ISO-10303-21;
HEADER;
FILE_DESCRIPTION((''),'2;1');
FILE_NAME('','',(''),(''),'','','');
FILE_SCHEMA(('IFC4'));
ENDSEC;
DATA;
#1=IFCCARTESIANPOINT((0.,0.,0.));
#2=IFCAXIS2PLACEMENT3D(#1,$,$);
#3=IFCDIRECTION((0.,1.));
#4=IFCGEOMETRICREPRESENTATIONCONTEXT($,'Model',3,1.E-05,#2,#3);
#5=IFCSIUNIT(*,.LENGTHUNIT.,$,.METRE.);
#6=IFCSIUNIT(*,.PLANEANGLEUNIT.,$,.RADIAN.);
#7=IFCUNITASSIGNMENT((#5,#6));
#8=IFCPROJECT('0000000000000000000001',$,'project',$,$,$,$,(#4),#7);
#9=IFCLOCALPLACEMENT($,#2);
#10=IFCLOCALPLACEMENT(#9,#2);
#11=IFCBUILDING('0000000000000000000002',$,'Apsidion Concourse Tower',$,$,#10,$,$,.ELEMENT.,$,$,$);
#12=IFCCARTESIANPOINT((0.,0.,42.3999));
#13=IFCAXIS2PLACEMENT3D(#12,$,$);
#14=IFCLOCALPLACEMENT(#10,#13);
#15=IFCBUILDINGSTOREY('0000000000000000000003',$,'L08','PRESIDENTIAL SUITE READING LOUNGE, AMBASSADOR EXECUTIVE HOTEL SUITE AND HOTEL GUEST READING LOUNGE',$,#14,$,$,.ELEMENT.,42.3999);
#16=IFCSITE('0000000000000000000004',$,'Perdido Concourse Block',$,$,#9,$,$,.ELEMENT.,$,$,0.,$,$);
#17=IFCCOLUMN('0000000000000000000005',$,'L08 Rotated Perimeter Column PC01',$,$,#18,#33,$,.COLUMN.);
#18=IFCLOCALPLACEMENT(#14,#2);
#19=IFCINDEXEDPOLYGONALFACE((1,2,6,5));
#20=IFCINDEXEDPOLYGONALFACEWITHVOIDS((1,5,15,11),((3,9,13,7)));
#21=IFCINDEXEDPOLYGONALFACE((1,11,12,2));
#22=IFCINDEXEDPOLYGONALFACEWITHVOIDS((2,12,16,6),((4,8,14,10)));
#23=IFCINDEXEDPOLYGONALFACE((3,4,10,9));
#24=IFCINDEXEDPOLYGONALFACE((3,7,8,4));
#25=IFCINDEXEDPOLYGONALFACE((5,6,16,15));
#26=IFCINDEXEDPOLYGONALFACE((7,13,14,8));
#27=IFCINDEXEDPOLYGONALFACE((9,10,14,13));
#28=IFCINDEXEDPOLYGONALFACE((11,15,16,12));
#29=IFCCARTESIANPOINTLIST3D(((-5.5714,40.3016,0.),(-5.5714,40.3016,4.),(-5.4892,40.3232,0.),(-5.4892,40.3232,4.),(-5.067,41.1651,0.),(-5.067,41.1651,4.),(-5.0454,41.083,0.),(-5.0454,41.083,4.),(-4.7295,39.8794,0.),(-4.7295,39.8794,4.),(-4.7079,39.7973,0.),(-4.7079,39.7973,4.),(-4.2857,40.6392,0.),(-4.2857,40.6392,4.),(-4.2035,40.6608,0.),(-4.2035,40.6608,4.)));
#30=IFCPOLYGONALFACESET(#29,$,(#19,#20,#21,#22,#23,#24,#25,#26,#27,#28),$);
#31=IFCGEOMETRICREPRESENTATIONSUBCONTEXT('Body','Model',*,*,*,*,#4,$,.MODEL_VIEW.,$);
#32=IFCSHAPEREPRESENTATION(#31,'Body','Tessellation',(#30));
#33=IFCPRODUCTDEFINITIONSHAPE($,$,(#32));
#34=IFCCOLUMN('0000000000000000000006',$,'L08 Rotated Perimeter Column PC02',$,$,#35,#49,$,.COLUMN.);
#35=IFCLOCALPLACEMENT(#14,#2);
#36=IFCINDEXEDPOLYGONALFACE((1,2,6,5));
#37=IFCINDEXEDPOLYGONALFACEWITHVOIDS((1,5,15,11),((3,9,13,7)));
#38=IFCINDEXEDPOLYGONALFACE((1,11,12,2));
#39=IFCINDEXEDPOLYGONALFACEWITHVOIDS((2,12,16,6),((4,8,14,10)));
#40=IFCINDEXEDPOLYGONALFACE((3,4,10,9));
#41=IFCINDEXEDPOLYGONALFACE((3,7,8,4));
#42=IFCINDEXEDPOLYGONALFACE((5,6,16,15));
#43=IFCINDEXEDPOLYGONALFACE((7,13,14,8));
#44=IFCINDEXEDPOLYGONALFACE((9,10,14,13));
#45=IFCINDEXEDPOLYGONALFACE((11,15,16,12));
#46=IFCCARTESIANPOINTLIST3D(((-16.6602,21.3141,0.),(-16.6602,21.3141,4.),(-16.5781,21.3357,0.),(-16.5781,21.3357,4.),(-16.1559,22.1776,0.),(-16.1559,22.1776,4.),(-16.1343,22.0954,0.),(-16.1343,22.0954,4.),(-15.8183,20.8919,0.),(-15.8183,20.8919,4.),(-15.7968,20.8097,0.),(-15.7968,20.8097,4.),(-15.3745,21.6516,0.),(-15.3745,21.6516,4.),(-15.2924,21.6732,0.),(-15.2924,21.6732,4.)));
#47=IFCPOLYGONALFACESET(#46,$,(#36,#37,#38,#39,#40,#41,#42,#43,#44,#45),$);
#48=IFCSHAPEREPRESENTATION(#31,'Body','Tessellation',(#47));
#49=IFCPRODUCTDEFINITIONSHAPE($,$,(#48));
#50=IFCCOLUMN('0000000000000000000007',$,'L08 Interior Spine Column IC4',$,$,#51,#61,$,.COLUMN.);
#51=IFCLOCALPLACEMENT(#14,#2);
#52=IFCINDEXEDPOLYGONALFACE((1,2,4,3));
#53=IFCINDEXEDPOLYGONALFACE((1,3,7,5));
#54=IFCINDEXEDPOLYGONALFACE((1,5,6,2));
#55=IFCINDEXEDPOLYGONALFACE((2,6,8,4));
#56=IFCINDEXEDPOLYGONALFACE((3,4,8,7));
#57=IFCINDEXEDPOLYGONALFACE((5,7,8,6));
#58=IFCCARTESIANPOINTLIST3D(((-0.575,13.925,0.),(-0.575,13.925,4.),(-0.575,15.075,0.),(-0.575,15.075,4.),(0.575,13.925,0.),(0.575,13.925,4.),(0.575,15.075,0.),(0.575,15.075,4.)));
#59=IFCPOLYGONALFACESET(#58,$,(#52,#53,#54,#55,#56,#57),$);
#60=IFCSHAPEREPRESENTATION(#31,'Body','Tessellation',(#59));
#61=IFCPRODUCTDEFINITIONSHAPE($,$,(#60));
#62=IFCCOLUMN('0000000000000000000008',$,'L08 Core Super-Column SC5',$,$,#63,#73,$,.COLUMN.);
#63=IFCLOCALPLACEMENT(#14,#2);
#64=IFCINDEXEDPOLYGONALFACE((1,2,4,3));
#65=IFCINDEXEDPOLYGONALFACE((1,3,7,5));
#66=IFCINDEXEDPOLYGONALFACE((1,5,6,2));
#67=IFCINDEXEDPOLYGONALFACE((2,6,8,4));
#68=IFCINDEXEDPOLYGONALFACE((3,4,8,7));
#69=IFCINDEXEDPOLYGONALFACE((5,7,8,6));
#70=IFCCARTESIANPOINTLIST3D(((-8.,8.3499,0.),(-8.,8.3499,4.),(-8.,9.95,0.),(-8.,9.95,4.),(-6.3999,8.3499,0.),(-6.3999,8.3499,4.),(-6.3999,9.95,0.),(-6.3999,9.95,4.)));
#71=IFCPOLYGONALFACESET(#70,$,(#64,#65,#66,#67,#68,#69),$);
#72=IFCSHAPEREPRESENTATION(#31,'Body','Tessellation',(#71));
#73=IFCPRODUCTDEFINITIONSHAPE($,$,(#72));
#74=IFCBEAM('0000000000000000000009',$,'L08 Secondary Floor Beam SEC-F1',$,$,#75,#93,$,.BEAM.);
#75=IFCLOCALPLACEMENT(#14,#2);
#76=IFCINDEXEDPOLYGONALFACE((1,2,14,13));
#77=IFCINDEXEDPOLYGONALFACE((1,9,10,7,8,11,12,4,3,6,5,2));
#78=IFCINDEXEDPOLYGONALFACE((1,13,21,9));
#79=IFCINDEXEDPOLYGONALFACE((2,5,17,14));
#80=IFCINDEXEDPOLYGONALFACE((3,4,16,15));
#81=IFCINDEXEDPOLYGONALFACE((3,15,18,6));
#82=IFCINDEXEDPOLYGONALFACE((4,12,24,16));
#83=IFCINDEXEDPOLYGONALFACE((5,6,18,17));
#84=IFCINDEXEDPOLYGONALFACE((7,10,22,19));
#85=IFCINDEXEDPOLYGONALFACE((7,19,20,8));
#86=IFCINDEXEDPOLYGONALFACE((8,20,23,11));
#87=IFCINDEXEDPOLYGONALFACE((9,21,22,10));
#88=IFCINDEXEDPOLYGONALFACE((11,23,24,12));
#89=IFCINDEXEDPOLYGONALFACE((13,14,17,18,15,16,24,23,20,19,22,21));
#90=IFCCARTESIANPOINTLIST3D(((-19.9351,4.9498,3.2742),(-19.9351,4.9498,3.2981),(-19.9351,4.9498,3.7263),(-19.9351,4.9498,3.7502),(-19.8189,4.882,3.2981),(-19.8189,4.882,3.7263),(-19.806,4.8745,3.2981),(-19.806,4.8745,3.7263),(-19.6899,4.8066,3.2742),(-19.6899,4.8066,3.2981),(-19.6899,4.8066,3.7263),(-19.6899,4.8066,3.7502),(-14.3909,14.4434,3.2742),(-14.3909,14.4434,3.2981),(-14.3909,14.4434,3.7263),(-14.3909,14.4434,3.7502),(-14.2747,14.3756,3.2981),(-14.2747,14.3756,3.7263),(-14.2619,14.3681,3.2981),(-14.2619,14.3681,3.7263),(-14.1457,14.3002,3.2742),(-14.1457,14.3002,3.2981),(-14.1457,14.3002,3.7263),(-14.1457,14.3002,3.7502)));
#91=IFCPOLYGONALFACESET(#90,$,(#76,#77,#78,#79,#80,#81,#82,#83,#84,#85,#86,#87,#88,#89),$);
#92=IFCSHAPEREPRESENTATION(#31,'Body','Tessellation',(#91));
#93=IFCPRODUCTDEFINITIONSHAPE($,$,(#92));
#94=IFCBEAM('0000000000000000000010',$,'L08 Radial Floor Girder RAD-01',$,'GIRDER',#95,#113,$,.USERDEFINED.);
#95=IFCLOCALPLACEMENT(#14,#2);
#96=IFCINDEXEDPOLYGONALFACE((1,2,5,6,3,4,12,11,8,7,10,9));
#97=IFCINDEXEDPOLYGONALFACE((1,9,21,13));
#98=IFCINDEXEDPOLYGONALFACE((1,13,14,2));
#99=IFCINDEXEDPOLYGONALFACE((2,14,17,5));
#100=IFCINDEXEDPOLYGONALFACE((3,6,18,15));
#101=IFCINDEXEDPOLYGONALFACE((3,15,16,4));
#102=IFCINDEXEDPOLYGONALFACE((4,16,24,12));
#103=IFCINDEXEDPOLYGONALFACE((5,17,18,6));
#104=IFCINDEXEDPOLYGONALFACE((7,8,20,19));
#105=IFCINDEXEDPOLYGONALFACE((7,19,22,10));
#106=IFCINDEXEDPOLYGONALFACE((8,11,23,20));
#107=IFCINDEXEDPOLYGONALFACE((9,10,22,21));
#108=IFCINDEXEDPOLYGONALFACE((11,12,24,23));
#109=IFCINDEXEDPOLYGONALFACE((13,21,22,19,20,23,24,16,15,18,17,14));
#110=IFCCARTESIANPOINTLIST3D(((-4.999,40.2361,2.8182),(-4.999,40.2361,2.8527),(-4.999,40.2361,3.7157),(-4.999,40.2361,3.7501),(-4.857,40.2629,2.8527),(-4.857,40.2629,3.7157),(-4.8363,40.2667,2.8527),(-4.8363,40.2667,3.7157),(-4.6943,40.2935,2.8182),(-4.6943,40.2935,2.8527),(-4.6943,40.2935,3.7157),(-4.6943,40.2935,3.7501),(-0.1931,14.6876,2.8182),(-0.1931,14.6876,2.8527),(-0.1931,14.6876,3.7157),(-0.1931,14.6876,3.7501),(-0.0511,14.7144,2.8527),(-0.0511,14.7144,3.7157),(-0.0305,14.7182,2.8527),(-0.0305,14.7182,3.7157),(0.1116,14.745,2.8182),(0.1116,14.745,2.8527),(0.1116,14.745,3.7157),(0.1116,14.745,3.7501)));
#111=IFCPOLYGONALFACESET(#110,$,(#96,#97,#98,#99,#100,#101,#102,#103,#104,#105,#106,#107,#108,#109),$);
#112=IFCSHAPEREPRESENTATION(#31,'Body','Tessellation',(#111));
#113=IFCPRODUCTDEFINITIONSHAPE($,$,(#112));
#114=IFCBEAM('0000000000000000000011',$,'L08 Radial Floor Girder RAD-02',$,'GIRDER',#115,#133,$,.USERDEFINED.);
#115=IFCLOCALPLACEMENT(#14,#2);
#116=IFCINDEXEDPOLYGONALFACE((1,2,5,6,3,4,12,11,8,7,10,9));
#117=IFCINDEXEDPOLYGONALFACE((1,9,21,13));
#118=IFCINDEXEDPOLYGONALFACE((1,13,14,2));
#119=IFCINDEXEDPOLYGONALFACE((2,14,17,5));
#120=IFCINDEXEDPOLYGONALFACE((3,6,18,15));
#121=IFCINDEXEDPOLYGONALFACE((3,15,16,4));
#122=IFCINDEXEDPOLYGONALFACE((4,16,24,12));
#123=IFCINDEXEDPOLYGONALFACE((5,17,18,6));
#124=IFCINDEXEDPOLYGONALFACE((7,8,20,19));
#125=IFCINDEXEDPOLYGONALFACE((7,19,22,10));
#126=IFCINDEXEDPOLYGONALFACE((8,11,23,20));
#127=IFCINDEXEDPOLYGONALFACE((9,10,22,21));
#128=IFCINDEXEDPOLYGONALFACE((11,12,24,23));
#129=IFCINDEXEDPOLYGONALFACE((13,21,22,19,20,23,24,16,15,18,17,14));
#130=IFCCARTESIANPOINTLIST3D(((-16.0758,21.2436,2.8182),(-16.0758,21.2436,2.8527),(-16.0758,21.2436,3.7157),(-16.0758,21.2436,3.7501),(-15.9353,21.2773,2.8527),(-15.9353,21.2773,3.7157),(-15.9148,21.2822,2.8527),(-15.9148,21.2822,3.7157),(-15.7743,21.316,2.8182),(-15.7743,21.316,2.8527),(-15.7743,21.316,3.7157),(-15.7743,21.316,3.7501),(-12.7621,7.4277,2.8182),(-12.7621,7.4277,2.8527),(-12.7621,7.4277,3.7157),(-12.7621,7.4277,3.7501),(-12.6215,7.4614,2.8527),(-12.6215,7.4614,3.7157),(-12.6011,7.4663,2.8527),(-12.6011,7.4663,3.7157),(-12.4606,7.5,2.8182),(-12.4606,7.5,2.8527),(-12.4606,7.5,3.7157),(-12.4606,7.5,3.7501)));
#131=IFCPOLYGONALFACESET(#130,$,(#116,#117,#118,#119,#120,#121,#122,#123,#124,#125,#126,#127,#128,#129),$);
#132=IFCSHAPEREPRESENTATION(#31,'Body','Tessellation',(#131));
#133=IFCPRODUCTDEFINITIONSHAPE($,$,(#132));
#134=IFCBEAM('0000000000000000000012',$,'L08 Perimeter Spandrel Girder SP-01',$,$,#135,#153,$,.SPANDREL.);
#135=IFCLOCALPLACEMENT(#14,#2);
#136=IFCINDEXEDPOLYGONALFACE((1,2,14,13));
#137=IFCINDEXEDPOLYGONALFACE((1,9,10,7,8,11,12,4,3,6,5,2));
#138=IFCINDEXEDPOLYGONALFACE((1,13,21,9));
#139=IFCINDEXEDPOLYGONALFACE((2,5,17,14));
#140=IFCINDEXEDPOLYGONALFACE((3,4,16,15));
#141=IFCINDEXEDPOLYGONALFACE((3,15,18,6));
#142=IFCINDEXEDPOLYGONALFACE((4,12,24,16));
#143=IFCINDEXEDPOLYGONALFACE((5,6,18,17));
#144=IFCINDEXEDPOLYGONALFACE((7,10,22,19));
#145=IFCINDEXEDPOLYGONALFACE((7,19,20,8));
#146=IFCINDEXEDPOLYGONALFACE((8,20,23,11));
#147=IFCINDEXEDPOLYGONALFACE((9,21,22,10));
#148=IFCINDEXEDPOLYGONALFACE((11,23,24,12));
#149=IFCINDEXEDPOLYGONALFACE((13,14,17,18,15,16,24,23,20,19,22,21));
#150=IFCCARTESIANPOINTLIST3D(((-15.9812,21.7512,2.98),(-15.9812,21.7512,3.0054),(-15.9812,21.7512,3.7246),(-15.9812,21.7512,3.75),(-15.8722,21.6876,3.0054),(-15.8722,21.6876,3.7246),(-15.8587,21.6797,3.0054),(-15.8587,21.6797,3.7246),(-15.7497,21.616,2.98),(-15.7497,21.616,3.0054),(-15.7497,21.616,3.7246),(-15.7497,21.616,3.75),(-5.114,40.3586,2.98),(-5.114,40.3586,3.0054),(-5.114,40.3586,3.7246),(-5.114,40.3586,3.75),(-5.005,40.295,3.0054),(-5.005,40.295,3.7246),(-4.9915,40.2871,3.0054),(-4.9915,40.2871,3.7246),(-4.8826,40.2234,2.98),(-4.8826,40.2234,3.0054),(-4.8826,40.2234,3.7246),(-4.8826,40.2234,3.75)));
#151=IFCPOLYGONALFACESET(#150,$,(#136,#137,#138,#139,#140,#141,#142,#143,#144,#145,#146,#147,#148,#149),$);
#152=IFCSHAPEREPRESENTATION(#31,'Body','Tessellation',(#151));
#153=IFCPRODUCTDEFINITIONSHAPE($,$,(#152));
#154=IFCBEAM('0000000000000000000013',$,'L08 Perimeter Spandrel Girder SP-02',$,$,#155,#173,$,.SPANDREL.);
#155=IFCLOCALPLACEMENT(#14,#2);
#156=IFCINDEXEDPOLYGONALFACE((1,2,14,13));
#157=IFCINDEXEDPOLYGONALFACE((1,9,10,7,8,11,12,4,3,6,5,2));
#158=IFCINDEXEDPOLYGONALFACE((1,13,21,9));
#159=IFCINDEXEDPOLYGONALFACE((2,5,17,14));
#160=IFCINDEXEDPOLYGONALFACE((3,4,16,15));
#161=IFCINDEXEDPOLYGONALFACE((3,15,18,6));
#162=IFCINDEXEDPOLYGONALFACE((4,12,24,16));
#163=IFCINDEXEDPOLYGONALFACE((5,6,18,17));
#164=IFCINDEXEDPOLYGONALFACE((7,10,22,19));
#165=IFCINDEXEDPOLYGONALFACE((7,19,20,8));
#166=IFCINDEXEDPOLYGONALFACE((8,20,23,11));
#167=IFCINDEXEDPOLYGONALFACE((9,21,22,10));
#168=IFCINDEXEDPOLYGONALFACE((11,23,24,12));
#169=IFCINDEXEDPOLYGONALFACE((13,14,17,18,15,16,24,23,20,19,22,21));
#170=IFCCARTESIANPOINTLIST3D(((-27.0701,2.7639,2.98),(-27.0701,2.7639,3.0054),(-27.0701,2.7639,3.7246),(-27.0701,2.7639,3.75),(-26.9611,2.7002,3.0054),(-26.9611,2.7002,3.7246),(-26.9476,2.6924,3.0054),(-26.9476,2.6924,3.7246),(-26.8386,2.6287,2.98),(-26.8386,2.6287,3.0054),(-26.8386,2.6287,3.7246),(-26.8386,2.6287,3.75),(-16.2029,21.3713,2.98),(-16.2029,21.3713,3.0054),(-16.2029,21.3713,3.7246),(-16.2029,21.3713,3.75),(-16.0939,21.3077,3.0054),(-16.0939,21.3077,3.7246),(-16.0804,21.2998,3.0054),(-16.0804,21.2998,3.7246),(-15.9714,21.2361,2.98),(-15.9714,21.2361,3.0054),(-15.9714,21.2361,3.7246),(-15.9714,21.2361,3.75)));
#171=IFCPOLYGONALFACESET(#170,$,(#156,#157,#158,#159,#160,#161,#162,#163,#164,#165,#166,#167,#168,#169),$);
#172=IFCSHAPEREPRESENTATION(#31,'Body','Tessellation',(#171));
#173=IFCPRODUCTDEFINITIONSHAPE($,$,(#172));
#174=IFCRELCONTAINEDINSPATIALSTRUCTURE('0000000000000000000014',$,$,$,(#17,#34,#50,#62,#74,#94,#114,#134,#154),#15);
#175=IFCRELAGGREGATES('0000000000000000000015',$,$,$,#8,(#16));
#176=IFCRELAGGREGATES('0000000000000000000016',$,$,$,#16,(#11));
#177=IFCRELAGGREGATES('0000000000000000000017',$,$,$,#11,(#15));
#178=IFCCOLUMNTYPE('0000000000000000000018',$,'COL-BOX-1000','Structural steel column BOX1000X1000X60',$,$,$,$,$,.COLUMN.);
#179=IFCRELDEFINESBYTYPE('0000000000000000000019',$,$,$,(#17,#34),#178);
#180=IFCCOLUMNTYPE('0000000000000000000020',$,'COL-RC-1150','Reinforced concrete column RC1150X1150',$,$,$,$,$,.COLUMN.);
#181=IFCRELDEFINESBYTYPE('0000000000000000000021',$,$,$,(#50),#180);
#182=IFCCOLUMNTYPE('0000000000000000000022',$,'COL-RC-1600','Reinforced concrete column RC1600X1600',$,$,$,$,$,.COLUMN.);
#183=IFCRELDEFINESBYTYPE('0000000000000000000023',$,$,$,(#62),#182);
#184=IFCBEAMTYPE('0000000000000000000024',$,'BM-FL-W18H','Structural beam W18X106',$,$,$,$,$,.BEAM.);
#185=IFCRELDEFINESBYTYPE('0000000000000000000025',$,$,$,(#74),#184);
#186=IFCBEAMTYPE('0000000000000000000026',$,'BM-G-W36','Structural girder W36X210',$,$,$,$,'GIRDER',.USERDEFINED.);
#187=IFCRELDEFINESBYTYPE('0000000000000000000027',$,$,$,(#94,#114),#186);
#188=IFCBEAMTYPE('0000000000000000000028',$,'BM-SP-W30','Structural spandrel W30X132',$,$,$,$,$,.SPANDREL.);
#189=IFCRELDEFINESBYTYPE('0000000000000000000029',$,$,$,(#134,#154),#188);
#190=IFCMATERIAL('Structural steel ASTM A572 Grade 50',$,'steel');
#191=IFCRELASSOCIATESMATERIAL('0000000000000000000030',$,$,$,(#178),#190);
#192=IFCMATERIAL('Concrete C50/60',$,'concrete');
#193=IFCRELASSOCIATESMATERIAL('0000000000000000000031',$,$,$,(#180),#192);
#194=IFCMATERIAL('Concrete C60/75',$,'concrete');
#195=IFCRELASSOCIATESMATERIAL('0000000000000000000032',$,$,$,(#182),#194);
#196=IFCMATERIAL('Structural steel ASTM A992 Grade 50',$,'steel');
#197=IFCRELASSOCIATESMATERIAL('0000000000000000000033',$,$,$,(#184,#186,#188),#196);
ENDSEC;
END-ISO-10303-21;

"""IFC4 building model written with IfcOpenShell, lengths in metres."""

from ifc_helpers import new_model, si_unit, direction, frame, origin, origin_2d, place, context, subcontext, project, spatial, rectangle, hollow_rectangle, i_section, extrude, material, material_profile, profile_set, type_object, element, save


model = new_model("IFC4")

# Units and contexts
model_context = context("Model", 3, precision=1e-05, world=origin(), true_north=direction((0.0, 1.0)))
body_context = subcontext(model_context, "Body", "Model", "MODEL_VIEW")
ifc_project = project(units=[si_unit("LENGTHUNIT", "METRE"), si_unit("PLANEANGLEUNIT", "RADIAN")], contexts=[model_context])

# Site, building, storey
site_placement = place(None, origin())
site = spatial("IfcSite", under=ifc_project, at=site_placement, Name="Perdido Concourse Block", CompositionType="ELEMENT", RefElevation=0.0)
building_placement = place(site_placement, origin())
building = spatial("IfcBuilding", under=site, at=building_placement, Name="Apsidion Concourse Tower", CompositionType="ELEMENT")
storey_placement = place(building_placement, frame((0.0, 0.0, 42.3999)))
storey = spatial("IfcBuildingStorey", under=building, at=storey_placement, Name="L08", Description="PRESIDENTIAL SUITE READING LOUNGE, AMBASSADOR EXECUTIVE HOTEL SUITE AND HOTEL GUEST READING LOUNGE", CompositionType="ELEMENT", Elevation=42.3999)

# Columns
ifc_material_1 = material(Name="Structural steel ASTM A572 Grade 50", Category="steel")
ifc_material_profile_1 = material_profile(ifc_material_1, hollow_rectangle(XDim=1.0, YDim=1.0, WallThickness=0.0601, at=origin_2d()), Name="BOX1000X1000X60")
ifc_profile_set_1 = profile_set([ifc_material_profile_1], Name="Structural steel ASTM A572 Grade 50")
column_type_1 = type_object("IfcColumnType", Name="COL-BOX-1000", Description="Structural steel column BOX1000X1000X60", PredefinedType="COLUMN", material=ifc_profile_set_1)
for number, where, z_axis, x_axis, name in (
    (1, (-4.8875, 40.4812, 0.0), (0.0, 0.0, 1.0), (0.504377, 0.863484, 0.0), "L08 Rotated Perimeter Column PC01"),
    (2, (-15.9763, 21.4937, 0.0), (0.0, 0.0, 1.0), (0.504377, 0.863484, 0.0), "L08 Rotated Perimeter Column PC02"),
):
    element("IfcColumn", number, at=place(storey_placement, frame(where, z_axis=z_axis, x_axis=x_axis)), inside=storey, type_object=column_type_1, Name=name, PredefinedType="COLUMN", context=body_context, shape_type="SweptSolid", body=[
        extrude(hollow_rectangle(XDim=1.0, YDim=1.0, WallThickness=0.0601, at=origin_2d()), origin(), (0.0, 0.0, 1.0), 4.0),
    ])
ifc_material_2 = material(Name="Concrete C50/60", Category="concrete")
ifc_material_profile_2 = material_profile(ifc_material_2, rectangle(XDim=1.1499, YDim=1.1499, at=origin_2d()), Name="RC 1150x1150")
ifc_profile_set_2 = profile_set([ifc_material_profile_2], Name="Concrete C50/60")
column_type_2 = type_object("IfcColumnType", Name="COL-RC-1150", Description="Reinforced concrete column RC1150X1150", PredefinedType="COLUMN", material=ifc_profile_set_2)
column_1_placement = place(storey_placement, frame((0.0, 14.5, 0.0), z_axis=(0.0, 0.0, 1.0), x_axis=(1.0, 0.0, 0.0)))
element("IfcColumn", 3, at=column_1_placement, inside=storey, type_object=column_type_2, Name="L08 Interior Spine Column IC4", PredefinedType="COLUMN", context=body_context, shape_type="SweptSolid", body=[
    extrude(rectangle(XDim=1.1499, YDim=1.1499, at=origin_2d()), origin(), (0.0, 0.0, 1.0), 4.0),
])
ifc_material_3 = material(Name="Concrete C60/75", Category="concrete")
ifc_material_profile_3 = material_profile(ifc_material_3, rectangle(XDim=1.6001, YDim=1.6001, at=origin_2d()), Name="RC 1600x1600")
ifc_profile_set_3 = profile_set([ifc_material_profile_3], Name="Concrete C60/75")
column_type_3 = type_object("IfcColumnType", Name="COL-RC-1600", Description="Reinforced concrete column RC1600X1600", PredefinedType="COLUMN", material=ifc_profile_set_3)
column_2_placement = place(storey_placement, frame((-7.2, 9.1499, 0.0), z_axis=(0.0, 0.0, 1.0), x_axis=(1.0, 0.0, 0.0)))
element("IfcColumn", 4, at=column_2_placement, inside=storey, type_object=column_type_3, Name="L08 Core Super-Column SC5", PredefinedType="COLUMN", context=body_context, shape_type="SweptSolid", body=[
    extrude(rectangle(XDim=1.6001, YDim=1.6001, at=origin_2d()), origin(), (0.0, 0.0, 1.0), 4.0),
])

# Beams
ifc_material_4 = material(Name="Structural steel ASTM A992 Grade 50", Category="steel")
ifc_material_profile_4 = material_profile(ifc_material_4, i_section(OverallWidth=0.2839, OverallDepth=0.4761, WebThickness=0.0149, FlangeThickness=0.0239, at=origin_2d()), Name="W18X106")
ifc_profile_set_4 = profile_set([ifc_material_profile_4], Name="Structural steel ASTM A992 Grade 50")
beam_type_1 = type_object("IfcBeamType", Name="BM-FL-W18H", Description="Structural beam W18X106", PredefinedType="BEAM", material=ifc_profile_set_4)
beam_1_placement = place(storey_placement, frame((-14.2683, 14.3718, 3.5122), z_axis=(-0.504293, -0.863532, 0.0), x_axis=(0.863532, -0.504293, 0.0)))
element("IfcBeam", 5, at=beam_1_placement, inside=storey, type_object=beam_type_1, Name="L08 Secondary Floor Beam SEC-F1", PredefinedType="BEAM", context=body_context, shape_type="SweptSolid", body=[
    extrude(i_section(OverallWidth=0.2839, OverallDepth=0.4761, WebThickness=0.0149, FlangeThickness=0.0239, at=origin_2d()), origin(), (0.0, 0.0, 1.0), 10.9939),
])
ifc_material_profile_5 = material_profile(ifc_material_4, i_section(OverallWidth=0.3101, OverallDepth=0.9319, WebThickness=0.021, FlangeThickness=0.0344, at=origin_2d()), Name="W36X210")
ifc_profile_set_5 = profile_set([ifc_material_profile_5], Name="Structural steel ASTM A992 Grade 50")
beam_type_2 = type_object("IfcBeamType", Name="BM-G-W36", Description="Structural girder W36X210", ElementType="GIRDER", PredefinedType="USERDEFINED", material=ifc_profile_set_5)
beam_2_placement = place(storey_placement, frame((-0.0408, 14.7163, 3.2842), z_axis=(-0.184866, 0.982764, 0.0), x_axis=(-0.982764, -0.184866, 0.0)))
element("IfcBeam", 6, at=beam_2_placement, inside=storey, type_object=beam_type_2, Name="L08 Radial Floor Girder RAD-01", ObjectType="GIRDER", PredefinedType="USERDEFINED", context=body_context, shape_type="SweptSolid", body=[
    extrude(i_section(OverallWidth=0.3101, OverallDepth=0.9319, WebThickness=0.021, FlangeThickness=0.0344, at=origin_2d()), origin(), (0.0, 0.0, 1.0), 25.9966),
])
beam_3_placement = place(storey_placement, frame((-12.6113, 7.4639, 3.2842), z_axis=(-0.233233, 0.972421, 0.0), x_axis=(-0.972421, -0.233233, 0.0)))
element("IfcBeam", 7, at=beam_3_placement, inside=storey, type_object=beam_type_2, Name="L08 Radial Floor Girder RAD-02", ObjectType="GIRDER", PredefinedType="USERDEFINED", context=body_context, shape_type="SweptSolid", body=[
    extrude(i_section(OverallWidth=0.3101, OverallDepth=0.9319, WebThickness=0.021, FlangeThickness=0.0344, at=origin_2d()), origin(), (0.0, 0.0, 1.0), 14.2078),
])
ifc_material_profile_6 = material_profile(ifc_material_4, i_section(OverallWidth=0.2681, OverallDepth=0.77, WebThickness=0.0156, FlangeThickness=0.0254, at=origin_2d()), Name="W30X132")
ifc_profile_set_6 = profile_set([ifc_material_profile_6], Name="Structural steel ASTM A992 Grade 50")
beam_type_3 = type_object("IfcBeamType", Name="BM-SP-W30", Description="Structural spandrel W30X132", PredefinedType="SPANDREL", material=ifc_profile_set_6)
for number, where, z_axis, x_axis, name in (
    (8, (-4.9983, 40.291, 3.365), (-0.504316, -0.863519, 0.0), (0.863519, -0.504316, 0.0), "L08 Perimeter Spandrel Girder SP-01"),
    (9, (-16.0872, 21.3037, 3.365), (-0.504316, -0.863519, 0.0), (0.863519, -0.504316, 0.0), "L08 Perimeter Spandrel Girder SP-02"),
):
    element("IfcBeam", number, at=place(storey_placement, frame(where, z_axis=z_axis, x_axis=x_axis)), inside=storey, type_object=beam_type_3, Name=name, PredefinedType="SPANDREL", context=body_context, shape_type="SweptSolid", body=[
        extrude(i_section(OverallWidth=0.2681, OverallDepth=0.77, WebThickness=0.0156, FlangeThickness=0.0254, at=origin_2d()), origin(), (0.0, 0.0, 1.0), 21.5483),
    ])

save(model, "model.ifc")
